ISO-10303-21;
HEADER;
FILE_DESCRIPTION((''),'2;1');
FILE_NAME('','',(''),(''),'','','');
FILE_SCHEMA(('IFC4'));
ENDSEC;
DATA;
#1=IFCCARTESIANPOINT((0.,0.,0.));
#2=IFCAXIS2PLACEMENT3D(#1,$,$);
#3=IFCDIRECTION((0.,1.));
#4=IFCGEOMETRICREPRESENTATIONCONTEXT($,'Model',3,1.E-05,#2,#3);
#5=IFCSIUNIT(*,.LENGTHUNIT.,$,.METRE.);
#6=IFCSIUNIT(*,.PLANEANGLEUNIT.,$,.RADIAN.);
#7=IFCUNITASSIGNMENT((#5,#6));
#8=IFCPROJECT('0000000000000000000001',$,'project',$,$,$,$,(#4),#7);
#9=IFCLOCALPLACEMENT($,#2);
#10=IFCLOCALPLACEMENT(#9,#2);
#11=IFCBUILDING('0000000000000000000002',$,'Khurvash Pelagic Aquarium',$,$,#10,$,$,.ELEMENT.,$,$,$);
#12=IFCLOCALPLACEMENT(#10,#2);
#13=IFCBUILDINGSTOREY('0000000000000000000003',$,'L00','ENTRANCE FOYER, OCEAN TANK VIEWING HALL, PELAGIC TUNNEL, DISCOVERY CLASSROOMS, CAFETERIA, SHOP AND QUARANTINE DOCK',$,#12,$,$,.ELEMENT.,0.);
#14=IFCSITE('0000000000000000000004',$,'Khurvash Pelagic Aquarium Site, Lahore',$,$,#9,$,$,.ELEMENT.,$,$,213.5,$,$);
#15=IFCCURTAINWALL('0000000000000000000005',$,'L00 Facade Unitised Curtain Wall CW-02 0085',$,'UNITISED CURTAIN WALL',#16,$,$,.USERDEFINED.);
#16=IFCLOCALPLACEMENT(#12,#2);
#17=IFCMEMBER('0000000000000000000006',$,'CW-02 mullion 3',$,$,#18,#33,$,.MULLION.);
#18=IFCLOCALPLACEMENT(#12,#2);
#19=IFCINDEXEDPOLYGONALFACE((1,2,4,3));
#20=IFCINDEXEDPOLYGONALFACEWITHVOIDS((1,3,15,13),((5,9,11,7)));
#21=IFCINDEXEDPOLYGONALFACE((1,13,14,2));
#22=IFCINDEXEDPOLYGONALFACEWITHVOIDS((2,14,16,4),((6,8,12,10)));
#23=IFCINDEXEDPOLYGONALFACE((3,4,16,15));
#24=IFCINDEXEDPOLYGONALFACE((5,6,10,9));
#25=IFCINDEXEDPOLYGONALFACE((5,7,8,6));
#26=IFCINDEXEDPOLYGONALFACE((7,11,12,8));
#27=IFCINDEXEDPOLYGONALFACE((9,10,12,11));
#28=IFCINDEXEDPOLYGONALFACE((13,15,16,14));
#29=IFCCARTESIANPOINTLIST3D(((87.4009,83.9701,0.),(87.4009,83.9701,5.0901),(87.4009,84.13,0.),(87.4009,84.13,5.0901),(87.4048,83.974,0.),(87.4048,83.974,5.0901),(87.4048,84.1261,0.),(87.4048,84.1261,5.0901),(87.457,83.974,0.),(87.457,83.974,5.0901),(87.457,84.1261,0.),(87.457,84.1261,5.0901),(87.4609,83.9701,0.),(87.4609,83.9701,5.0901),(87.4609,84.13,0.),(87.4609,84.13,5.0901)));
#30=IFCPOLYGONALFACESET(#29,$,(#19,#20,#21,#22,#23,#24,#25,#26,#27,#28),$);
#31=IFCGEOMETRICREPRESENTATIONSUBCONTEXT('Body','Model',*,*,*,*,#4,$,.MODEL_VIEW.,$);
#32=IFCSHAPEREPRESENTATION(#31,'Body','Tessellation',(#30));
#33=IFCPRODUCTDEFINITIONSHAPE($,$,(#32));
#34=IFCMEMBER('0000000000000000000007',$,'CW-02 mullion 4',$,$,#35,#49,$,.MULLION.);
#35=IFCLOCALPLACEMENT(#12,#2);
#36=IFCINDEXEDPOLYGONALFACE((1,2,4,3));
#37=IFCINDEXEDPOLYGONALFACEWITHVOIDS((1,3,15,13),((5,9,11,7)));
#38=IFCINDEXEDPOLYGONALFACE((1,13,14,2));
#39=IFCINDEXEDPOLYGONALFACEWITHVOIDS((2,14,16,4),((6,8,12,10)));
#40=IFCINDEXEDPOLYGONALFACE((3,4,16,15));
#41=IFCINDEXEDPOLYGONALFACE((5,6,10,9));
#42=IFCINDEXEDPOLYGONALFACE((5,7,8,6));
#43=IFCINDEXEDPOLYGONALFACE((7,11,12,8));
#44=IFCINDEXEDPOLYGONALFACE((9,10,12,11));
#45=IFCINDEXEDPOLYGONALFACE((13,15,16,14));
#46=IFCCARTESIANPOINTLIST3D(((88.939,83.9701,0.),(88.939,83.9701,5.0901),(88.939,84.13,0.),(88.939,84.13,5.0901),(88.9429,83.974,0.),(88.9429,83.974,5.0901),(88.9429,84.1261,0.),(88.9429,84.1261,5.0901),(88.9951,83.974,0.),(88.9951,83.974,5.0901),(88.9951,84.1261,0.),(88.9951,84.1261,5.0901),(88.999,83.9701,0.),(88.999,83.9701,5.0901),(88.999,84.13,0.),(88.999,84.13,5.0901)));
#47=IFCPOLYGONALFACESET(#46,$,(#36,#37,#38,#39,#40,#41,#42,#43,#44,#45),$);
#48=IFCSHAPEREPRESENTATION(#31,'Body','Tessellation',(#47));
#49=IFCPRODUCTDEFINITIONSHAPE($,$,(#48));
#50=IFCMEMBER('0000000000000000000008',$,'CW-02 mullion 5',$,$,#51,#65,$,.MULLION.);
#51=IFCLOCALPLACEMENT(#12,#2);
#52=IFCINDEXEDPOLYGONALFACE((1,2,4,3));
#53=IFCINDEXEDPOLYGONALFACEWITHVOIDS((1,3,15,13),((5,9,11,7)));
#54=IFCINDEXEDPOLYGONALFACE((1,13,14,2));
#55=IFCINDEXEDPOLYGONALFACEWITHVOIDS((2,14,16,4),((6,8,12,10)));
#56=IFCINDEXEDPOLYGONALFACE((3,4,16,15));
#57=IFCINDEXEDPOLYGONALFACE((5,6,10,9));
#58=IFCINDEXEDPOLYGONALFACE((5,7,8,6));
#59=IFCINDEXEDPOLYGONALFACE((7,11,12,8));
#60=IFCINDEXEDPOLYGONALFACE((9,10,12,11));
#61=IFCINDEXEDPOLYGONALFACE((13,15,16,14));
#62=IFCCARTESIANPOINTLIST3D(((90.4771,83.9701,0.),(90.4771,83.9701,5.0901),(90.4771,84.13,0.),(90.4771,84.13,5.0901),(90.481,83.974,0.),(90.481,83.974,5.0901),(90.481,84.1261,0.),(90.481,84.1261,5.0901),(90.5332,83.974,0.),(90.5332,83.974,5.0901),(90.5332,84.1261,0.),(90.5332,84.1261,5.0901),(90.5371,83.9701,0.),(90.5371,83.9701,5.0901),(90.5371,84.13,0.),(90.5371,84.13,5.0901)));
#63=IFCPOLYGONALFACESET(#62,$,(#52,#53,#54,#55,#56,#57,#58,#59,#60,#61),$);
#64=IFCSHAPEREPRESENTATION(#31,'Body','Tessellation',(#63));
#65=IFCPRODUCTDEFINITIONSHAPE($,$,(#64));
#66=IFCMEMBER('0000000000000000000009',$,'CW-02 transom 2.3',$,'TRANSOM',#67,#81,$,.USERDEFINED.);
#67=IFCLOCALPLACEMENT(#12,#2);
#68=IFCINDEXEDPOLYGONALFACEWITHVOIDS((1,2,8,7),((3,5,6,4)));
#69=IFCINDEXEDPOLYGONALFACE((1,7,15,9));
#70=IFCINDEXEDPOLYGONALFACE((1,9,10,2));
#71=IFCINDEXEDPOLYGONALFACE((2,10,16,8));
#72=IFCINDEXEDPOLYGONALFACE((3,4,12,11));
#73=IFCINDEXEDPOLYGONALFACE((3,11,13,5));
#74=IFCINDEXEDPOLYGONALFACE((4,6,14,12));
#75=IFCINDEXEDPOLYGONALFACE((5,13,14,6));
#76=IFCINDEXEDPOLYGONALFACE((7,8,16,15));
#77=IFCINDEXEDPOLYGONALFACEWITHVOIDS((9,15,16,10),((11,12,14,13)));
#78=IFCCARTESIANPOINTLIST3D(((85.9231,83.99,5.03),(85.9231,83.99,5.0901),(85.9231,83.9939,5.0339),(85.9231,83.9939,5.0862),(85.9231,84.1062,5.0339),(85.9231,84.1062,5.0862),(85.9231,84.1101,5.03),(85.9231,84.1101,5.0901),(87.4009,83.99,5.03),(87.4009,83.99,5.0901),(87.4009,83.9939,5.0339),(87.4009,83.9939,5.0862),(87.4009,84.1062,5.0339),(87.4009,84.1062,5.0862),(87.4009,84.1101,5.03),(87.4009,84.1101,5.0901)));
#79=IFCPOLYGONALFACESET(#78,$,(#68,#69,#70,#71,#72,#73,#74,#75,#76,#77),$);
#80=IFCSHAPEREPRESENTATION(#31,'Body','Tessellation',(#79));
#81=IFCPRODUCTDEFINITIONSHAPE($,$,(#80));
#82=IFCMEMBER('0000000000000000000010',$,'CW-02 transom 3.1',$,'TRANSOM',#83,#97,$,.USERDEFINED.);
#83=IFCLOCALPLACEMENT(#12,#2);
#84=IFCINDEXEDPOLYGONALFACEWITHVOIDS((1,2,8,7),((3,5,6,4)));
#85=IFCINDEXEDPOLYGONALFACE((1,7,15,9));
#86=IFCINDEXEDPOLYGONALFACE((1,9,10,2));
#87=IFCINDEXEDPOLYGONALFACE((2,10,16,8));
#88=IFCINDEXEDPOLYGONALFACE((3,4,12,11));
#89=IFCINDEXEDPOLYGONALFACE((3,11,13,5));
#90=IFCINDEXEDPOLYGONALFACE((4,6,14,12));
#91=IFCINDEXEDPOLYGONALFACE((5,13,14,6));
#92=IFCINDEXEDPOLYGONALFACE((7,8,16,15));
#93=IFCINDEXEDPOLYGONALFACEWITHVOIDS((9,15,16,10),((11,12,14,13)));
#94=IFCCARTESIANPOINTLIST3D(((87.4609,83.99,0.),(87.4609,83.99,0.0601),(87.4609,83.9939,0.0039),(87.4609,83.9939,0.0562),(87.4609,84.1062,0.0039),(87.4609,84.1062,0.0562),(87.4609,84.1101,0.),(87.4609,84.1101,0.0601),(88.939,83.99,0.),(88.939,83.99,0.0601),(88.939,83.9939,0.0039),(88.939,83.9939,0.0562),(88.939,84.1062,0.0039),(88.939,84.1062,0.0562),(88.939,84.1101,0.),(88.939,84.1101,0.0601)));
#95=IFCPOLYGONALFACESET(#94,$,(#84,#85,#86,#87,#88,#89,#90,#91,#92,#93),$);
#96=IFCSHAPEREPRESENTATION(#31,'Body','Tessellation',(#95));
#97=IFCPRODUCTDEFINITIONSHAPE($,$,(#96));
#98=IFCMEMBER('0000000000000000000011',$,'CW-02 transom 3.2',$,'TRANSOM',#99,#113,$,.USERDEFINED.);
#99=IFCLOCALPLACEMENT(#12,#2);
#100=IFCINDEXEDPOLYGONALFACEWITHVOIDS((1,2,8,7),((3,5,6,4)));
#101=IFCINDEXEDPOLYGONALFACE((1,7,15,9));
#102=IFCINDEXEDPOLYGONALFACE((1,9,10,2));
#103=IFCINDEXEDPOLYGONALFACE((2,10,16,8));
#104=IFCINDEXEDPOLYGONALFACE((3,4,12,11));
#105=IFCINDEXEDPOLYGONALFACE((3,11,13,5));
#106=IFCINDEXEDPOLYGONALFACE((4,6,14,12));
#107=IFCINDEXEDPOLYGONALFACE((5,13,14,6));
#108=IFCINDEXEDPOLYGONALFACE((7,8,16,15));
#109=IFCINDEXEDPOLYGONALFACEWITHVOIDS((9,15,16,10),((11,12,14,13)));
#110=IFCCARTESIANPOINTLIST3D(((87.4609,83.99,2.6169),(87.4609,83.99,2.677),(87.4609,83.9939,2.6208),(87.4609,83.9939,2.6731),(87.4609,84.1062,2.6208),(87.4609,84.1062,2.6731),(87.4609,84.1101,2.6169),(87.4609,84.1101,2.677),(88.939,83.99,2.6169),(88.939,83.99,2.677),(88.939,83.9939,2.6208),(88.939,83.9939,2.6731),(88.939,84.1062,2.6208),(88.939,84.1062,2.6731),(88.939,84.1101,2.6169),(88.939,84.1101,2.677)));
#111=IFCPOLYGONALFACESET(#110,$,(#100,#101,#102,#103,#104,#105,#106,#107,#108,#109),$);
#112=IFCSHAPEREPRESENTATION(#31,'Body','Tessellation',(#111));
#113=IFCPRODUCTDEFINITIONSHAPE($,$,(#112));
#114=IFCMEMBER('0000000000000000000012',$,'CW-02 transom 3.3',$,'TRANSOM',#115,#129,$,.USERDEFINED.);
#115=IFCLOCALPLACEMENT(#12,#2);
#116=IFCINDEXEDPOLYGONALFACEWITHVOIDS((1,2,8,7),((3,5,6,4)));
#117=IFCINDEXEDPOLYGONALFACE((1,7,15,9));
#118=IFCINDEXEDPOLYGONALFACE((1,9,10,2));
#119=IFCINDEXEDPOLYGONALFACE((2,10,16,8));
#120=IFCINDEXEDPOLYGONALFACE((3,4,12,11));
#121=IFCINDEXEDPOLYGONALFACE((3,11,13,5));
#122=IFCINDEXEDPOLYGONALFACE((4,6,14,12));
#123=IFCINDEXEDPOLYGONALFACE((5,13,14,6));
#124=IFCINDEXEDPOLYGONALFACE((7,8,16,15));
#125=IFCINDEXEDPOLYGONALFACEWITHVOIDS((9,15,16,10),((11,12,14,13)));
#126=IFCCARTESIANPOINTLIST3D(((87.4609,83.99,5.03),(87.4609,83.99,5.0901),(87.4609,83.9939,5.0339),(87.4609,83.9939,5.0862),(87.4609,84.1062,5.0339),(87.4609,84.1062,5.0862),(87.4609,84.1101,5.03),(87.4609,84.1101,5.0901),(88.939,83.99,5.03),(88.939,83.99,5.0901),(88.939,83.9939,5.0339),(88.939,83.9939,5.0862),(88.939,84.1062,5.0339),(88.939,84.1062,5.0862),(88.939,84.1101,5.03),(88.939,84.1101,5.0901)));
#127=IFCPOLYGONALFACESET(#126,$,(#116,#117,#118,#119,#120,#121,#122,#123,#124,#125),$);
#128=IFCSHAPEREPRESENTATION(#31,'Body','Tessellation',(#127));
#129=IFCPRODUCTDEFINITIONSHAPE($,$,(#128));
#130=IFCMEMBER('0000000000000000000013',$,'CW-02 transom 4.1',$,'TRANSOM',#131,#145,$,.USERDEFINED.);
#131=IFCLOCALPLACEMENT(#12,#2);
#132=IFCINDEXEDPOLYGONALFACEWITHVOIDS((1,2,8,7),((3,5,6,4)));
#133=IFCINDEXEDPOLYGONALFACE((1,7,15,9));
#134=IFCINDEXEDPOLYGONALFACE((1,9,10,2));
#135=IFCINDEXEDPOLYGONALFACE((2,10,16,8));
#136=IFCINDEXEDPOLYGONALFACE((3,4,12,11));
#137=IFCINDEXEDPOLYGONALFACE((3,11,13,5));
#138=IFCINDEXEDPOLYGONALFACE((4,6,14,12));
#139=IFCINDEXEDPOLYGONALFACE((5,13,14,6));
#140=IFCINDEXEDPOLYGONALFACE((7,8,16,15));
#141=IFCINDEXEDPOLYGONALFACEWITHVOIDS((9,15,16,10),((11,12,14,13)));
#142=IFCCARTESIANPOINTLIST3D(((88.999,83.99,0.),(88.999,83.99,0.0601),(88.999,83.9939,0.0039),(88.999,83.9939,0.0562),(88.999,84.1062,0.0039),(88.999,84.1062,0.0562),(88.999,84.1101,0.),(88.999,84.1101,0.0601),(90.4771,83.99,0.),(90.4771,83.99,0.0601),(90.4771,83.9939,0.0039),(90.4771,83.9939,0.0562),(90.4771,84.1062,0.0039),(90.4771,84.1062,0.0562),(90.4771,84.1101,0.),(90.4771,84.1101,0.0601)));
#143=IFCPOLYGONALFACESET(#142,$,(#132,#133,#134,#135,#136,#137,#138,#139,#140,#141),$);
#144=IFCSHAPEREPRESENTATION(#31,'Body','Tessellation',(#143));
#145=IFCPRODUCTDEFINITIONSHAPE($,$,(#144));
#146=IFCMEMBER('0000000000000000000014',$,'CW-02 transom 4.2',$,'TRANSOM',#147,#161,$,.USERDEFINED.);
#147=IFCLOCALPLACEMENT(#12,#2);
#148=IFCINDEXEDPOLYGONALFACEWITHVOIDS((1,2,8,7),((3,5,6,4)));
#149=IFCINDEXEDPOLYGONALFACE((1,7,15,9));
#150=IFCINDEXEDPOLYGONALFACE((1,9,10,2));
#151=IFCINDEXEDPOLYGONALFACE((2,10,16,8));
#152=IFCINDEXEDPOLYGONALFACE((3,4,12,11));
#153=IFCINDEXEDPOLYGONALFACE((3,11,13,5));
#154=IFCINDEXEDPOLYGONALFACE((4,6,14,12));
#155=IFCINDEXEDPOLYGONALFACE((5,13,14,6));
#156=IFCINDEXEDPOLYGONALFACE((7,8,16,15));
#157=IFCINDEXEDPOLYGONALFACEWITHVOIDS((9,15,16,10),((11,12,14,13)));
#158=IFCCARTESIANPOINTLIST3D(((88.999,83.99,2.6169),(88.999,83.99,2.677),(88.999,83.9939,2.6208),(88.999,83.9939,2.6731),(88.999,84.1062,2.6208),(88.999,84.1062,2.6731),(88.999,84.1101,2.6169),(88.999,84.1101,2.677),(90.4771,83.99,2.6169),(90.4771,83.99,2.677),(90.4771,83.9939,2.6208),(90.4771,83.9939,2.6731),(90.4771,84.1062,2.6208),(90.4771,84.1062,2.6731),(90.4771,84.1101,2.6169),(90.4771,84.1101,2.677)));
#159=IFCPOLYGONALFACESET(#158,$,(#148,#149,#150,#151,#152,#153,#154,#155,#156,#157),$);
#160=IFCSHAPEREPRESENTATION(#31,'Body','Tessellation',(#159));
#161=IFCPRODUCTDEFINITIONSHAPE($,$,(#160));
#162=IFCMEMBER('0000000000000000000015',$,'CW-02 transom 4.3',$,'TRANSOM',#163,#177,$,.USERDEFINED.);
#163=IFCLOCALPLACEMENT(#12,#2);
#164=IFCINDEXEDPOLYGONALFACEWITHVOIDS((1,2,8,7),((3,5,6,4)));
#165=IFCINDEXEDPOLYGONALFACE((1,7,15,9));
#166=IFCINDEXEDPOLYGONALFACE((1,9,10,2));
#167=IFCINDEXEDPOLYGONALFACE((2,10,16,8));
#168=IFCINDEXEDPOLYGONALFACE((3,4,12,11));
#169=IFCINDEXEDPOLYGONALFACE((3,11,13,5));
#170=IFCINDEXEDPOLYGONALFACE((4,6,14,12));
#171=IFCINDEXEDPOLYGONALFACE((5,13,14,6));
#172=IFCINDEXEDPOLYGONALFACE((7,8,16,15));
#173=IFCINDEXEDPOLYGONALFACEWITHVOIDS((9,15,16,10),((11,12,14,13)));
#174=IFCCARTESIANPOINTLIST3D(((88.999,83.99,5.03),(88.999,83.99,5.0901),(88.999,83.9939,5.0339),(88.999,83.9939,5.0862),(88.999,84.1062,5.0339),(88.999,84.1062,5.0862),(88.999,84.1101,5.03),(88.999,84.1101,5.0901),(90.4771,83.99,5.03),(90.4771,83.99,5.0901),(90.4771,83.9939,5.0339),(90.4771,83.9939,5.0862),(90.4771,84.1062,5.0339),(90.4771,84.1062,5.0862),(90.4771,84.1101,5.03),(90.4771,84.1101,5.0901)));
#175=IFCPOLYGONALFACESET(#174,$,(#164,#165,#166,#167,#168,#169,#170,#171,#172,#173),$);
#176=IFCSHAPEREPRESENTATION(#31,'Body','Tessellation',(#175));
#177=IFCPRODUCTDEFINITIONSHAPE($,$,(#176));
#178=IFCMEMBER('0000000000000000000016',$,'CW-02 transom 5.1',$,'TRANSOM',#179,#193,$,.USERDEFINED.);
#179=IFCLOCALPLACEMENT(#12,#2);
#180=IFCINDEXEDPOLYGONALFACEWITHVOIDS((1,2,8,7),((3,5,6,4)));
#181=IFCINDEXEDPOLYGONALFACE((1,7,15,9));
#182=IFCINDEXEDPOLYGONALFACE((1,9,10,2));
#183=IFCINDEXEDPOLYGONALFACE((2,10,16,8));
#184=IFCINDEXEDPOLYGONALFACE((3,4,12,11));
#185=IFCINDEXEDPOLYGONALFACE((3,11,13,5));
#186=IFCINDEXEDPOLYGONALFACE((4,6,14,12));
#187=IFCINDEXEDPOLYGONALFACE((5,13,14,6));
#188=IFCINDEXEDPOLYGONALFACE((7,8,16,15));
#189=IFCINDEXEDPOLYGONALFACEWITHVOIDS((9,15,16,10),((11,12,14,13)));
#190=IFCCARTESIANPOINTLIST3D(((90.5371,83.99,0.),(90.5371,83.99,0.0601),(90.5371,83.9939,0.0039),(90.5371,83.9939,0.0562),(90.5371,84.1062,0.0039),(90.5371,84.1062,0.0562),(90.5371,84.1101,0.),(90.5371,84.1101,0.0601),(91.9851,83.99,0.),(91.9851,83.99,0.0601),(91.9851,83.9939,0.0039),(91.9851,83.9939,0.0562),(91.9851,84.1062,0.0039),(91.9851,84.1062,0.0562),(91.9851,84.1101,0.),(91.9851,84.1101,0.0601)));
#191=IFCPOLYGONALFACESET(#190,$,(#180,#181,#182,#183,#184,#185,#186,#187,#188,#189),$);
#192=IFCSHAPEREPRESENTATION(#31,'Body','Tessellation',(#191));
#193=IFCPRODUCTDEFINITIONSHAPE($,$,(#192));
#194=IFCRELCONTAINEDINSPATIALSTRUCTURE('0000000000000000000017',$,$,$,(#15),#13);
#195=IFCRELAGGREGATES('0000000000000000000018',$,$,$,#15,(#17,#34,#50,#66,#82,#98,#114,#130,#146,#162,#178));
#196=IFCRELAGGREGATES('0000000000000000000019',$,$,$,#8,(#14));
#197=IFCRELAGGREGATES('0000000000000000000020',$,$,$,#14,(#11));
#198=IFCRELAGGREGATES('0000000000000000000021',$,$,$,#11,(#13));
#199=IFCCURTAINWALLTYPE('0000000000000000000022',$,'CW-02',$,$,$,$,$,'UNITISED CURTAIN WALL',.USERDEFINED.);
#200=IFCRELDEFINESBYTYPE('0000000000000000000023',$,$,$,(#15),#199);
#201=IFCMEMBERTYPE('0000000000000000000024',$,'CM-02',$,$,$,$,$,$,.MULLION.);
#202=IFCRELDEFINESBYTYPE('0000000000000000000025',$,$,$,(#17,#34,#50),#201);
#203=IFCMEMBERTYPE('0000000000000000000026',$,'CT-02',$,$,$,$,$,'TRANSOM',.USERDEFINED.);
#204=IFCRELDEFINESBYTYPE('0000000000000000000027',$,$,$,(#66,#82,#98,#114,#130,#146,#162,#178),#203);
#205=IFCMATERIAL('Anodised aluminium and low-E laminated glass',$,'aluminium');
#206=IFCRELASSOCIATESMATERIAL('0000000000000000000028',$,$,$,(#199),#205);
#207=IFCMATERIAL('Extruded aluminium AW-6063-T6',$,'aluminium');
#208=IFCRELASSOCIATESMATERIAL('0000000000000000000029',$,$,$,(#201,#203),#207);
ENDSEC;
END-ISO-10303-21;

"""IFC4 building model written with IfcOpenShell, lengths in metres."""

from ifc_helpers import new_model, si_unit, direction, frame, origin, origin_2d, place, context, subcontext, project, spatial, hollow_rectangle, extrude, material, material_profile, profile_set, type_object, element, aggregate, save


model = new_model("IFC4")

# Units and contexts
model_context = context("Model", 3, precision=1e-05, world=origin(), true_north=direction((0.0, 1.0)))
body_context = subcontext(model_context, "Body", "Model", "MODEL_VIEW")
ifc_project = project(units=[si_unit("LENGTHUNIT", "METRE"), si_unit("PLANEANGLEUNIT", "RADIAN")], contexts=[model_context])

# Site, building, storey
site_placement = place(None, origin())
site = spatial("IfcSite", under=ifc_project, at=site_placement, Name="Khurvash Pelagic Aquarium Site, Lahore", CompositionType="ELEMENT", RefElevation=213.5)
building_placement = place(site_placement, origin())
building = spatial("IfcBuilding", under=site, at=building_placement, Name="Khurvash Pelagic Aquarium", CompositionType="ELEMENT")
storey_placement = place(building_placement, origin())
storey = spatial("IfcBuildingStorey", under=building, at=storey_placement, Name="L00", Description="ENTRANCE FOYER, OCEAN TANK VIEWING HALL, PELAGIC TUNNEL, DISCOVERY CLASSROOMS, CAFETERIA, SHOP AND QUARANTINE DOCK", CompositionType="ELEMENT", Elevation=0.0)

# Curtain wall, members
ifc_material_1 = material(Name="Anodised aluminium and low-E laminated glass", Category="aluminium")
curtain_wall_type = type_object("IfcCurtainWallType", Name="CW-02", ElementType="UNITISED CURTAIN WALL", PredefinedType="USERDEFINED", material=ifc_material_1)
curtain_wall_placement = place(storey_placement, origin())
curtain_wall = element("IfcCurtainWall", 1, at=curtain_wall_placement, inside=storey, type_object=curtain_wall_type, Name="L00 Facade Unitised Curtain Wall CW-02 0085", ObjectType="UNITISED CURTAIN WALL", PredefinedType="USERDEFINED")
ifc_material_2 = material(Name="Extruded aluminium AW-6063-T6", Category="aluminium")
ifc_material_profile_1 = material_profile(ifc_material_2, hollow_rectangle(XDim=0.0601, YDim=0.1599, WallThickness=0.0039, at=origin_2d()), Name="CWM60X160X4")
ifc_profile_set_1 = profile_set([ifc_material_profile_1], Name="Extruded aluminium AW-6063-T6")
member_type_1 = type_object("IfcMemberType", Name="CM-02", PredefinedType="MULLION", material=ifc_profile_set_1)
member_1_placement = place(storey_placement, frame((87.4309, 84.05, 0.0), z_axis=(0.0, 0.0, 1.0), x_axis=(1.0, 0.0, 0.0)))
member_1 = element("IfcMember", 2, at=member_1_placement, type_object=member_type_1, Name="CW-02 mullion 3", PredefinedType="MULLION", context=body_context, shape_type="SweptSolid", body=[
    extrude(hollow_rectangle(XDim=0.0601, YDim=0.1599, WallThickness=0.0039, at=origin_2d()), origin(), (0.0, 0.0, 1.0), 5.0901),
])
member_2_placement = place(storey_placement, frame((88.969, 84.05, 0.0), z_axis=(0.0, 0.0, 1.0), x_axis=(1.0, 0.0, 0.0)))
member_2 = element("IfcMember", 3, at=member_2_placement, type_object=member_type_1, Name="CW-02 mullion 4", PredefinedType="MULLION", context=body_context, shape_type="SweptSolid", body=[
    extrude(hollow_rectangle(XDim=0.0601, YDim=0.1599, WallThickness=0.0039, at=origin_2d()), origin(), (0.0, 0.0, 1.0), 5.0901),
])
member_3_placement = place(storey_placement, frame((90.5071, 84.05, 0.0), z_axis=(0.0, 0.0, 1.0), x_axis=(1.0, 0.0, 0.0)))
member_3 = element("IfcMember", 4, at=member_3_placement, type_object=member_type_1, Name="CW-02 mullion 5", PredefinedType="MULLION", context=body_context, shape_type="SweptSolid", body=[
    extrude(hollow_rectangle(XDim=0.0601, YDim=0.1599, WallThickness=0.0039, at=origin_2d()), origin(), (0.0, 0.0, 1.0), 5.0901),
])
ifc_material_profile_2 = material_profile(ifc_material_2, hollow_rectangle(XDim=0.1201, YDim=0.0601, WallThickness=0.0039, at=origin_2d()), Name="CWT120X60X4")
ifc_profile_set_2 = profile_set([ifc_material_profile_2], Name="Extruded aluminium AW-6063-T6")
member_type_2 = type_object("IfcMemberType", Name="CT-02", ElementType="TRANSOM", PredefinedType="USERDEFINED", material=ifc_profile_set_2)
member_4_placement = place(storey_placement, frame((85.9231, 84.05, 5.0601), z_axis=(1.0, 0.0, 0.0), x_axis=(0.0, 1.0, 0.0)))
member_4 = element("IfcMember", 5, at=member_4_placement, type_object=member_type_2, Name="CW-02 transom 2.3", ObjectType="TRANSOM", PredefinedType="USERDEFINED", context=body_context, shape_type="SweptSolid", body=[
    extrude(hollow_rectangle(XDim=0.1201, YDim=0.0601, WallThickness=0.0039, at=origin_2d()), origin(), (0.0, 0.0, 1.0), 1.4778),
])
member_5_placement = place(storey_placement, frame((87.4609, 84.05, 0.03), z_axis=(1.0, 0.0, 0.0), x_axis=(0.0, 1.0, 0.0)))
member_5 = element("IfcMember", 6, at=member_5_placement, type_object=member_type_2, Name="CW-02 transom 3.1", ObjectType="TRANSOM", PredefinedType="USERDEFINED", context=body_context, shape_type="SweptSolid", body=[
    extrude(hollow_rectangle(XDim=0.1201, YDim=0.0601, WallThickness=0.0039, at=origin_2d()), origin(), (0.0, 0.0, 1.0), 1.478),
])
member_6_placement = place(storey_placement, frame((87.4609, 84.05, 2.647), z_axis=(1.0, 0.0, 0.0), x_axis=(0.0, 1.0, 0.0)))
member_6 = element("IfcMember", 7, at=member_6_placement, type_object=member_type_2, Name="CW-02 transom 3.2", ObjectType="TRANSOM", PredefinedType="USERDEFINED", context=body_context, shape_type="SweptSolid", body=[
    extrude(hollow_rectangle(XDim=0.1201, YDim=0.0601, WallThickness=0.0039, at=origin_2d()), origin(), (0.0, 0.0, 1.0), 1.478),
])
member_7_placement = place(storey_placement, frame((87.4609, 84.05, 5.0601), z_axis=(1.0, 0.0, 0.0), x_axis=(0.0, 1.0, 0.0)))
member_7 = element("IfcMember", 8, at=member_7_placement, type_object=member_type_2, Name="CW-02 transom 3.3", ObjectType="TRANSOM", PredefinedType="USERDEFINED", context=body_context, shape_type="SweptSolid", body=[
    extrude(hollow_rectangle(XDim=0.1201, YDim=0.0601, WallThickness=0.0039, at=origin_2d()), origin(), (0.0, 0.0, 1.0), 1.478),
])
member_8_placement = place(storey_placement, frame((88.999, 84.05, 0.03), z_axis=(1.0, 0.0, 0.0), x_axis=(0.0, 1.0, 0.0)))
member_8 = element("IfcMember", 9, at=member_8_placement, type_object=member_type_2, Name="CW-02 transom 4.1", ObjectType="TRANSOM", PredefinedType="USERDEFINED", context=body_context, shape_type="SweptSolid", body=[
    extrude(hollow_rectangle(XDim=0.1201, YDim=0.0601, WallThickness=0.0039, at=origin_2d()), origin(), (0.0, 0.0, 1.0), 1.478),
])
member_9_placement = place(storey_placement, frame((88.999, 84.05, 2.647), z_axis=(1.0, 0.0, 0.0), x_axis=(0.0, 1.0, 0.0)))
member_9 = element("IfcMember", 10, at=member_9_placement, type_object=member_type_2, Name="CW-02 transom 4.2", ObjectType="TRANSOM", PredefinedType="USERDEFINED", context=body_context, shape_type="SweptSolid", body=[
    extrude(hollow_rectangle(XDim=0.1201, YDim=0.0601, WallThickness=0.0039, at=origin_2d()), origin(), (0.0, 0.0, 1.0), 1.478),
])
member_10_placement = place(storey_placement, frame((88.999, 84.05, 5.0601), z_axis=(1.0, 0.0, 0.0), x_axis=(0.0, 1.0, 0.0)))
member_10 = element("IfcMember", 11, at=member_10_placement, type_object=member_type_2, Name="CW-02 transom 4.3", ObjectType="TRANSOM", PredefinedType="USERDEFINED", context=body_context, shape_type="SweptSolid", body=[
    extrude(hollow_rectangle(XDim=0.1201, YDim=0.0601, WallThickness=0.0039, at=origin_2d()), origin(), (0.0, 0.0, 1.0), 1.478),
])
member_11_placement = place(storey_placement, frame((90.5371, 84.05, 0.03), z_axis=(1.0, 0.0, 0.0), x_axis=(0.0, 1.0, 0.0)))
member_11 = element("IfcMember", 12, at=member_11_placement, type_object=member_type_2, Name="CW-02 transom 5.1", ObjectType="TRANSOM", PredefinedType="USERDEFINED", context=body_context, shape_type="SweptSolid", body=[
    extrude(hollow_rectangle(XDim=0.1201, YDim=0.0601, WallThickness=0.0039, at=origin_2d()), origin(), (0.0, 0.0, 1.0), 1.448),
])
aggregate(curtain_wall, [member_1, member_2, member_3, member_4, member_5, member_6, member_7, member_8, member_9, member_10, member_11])

save(model, "model.ifc")
